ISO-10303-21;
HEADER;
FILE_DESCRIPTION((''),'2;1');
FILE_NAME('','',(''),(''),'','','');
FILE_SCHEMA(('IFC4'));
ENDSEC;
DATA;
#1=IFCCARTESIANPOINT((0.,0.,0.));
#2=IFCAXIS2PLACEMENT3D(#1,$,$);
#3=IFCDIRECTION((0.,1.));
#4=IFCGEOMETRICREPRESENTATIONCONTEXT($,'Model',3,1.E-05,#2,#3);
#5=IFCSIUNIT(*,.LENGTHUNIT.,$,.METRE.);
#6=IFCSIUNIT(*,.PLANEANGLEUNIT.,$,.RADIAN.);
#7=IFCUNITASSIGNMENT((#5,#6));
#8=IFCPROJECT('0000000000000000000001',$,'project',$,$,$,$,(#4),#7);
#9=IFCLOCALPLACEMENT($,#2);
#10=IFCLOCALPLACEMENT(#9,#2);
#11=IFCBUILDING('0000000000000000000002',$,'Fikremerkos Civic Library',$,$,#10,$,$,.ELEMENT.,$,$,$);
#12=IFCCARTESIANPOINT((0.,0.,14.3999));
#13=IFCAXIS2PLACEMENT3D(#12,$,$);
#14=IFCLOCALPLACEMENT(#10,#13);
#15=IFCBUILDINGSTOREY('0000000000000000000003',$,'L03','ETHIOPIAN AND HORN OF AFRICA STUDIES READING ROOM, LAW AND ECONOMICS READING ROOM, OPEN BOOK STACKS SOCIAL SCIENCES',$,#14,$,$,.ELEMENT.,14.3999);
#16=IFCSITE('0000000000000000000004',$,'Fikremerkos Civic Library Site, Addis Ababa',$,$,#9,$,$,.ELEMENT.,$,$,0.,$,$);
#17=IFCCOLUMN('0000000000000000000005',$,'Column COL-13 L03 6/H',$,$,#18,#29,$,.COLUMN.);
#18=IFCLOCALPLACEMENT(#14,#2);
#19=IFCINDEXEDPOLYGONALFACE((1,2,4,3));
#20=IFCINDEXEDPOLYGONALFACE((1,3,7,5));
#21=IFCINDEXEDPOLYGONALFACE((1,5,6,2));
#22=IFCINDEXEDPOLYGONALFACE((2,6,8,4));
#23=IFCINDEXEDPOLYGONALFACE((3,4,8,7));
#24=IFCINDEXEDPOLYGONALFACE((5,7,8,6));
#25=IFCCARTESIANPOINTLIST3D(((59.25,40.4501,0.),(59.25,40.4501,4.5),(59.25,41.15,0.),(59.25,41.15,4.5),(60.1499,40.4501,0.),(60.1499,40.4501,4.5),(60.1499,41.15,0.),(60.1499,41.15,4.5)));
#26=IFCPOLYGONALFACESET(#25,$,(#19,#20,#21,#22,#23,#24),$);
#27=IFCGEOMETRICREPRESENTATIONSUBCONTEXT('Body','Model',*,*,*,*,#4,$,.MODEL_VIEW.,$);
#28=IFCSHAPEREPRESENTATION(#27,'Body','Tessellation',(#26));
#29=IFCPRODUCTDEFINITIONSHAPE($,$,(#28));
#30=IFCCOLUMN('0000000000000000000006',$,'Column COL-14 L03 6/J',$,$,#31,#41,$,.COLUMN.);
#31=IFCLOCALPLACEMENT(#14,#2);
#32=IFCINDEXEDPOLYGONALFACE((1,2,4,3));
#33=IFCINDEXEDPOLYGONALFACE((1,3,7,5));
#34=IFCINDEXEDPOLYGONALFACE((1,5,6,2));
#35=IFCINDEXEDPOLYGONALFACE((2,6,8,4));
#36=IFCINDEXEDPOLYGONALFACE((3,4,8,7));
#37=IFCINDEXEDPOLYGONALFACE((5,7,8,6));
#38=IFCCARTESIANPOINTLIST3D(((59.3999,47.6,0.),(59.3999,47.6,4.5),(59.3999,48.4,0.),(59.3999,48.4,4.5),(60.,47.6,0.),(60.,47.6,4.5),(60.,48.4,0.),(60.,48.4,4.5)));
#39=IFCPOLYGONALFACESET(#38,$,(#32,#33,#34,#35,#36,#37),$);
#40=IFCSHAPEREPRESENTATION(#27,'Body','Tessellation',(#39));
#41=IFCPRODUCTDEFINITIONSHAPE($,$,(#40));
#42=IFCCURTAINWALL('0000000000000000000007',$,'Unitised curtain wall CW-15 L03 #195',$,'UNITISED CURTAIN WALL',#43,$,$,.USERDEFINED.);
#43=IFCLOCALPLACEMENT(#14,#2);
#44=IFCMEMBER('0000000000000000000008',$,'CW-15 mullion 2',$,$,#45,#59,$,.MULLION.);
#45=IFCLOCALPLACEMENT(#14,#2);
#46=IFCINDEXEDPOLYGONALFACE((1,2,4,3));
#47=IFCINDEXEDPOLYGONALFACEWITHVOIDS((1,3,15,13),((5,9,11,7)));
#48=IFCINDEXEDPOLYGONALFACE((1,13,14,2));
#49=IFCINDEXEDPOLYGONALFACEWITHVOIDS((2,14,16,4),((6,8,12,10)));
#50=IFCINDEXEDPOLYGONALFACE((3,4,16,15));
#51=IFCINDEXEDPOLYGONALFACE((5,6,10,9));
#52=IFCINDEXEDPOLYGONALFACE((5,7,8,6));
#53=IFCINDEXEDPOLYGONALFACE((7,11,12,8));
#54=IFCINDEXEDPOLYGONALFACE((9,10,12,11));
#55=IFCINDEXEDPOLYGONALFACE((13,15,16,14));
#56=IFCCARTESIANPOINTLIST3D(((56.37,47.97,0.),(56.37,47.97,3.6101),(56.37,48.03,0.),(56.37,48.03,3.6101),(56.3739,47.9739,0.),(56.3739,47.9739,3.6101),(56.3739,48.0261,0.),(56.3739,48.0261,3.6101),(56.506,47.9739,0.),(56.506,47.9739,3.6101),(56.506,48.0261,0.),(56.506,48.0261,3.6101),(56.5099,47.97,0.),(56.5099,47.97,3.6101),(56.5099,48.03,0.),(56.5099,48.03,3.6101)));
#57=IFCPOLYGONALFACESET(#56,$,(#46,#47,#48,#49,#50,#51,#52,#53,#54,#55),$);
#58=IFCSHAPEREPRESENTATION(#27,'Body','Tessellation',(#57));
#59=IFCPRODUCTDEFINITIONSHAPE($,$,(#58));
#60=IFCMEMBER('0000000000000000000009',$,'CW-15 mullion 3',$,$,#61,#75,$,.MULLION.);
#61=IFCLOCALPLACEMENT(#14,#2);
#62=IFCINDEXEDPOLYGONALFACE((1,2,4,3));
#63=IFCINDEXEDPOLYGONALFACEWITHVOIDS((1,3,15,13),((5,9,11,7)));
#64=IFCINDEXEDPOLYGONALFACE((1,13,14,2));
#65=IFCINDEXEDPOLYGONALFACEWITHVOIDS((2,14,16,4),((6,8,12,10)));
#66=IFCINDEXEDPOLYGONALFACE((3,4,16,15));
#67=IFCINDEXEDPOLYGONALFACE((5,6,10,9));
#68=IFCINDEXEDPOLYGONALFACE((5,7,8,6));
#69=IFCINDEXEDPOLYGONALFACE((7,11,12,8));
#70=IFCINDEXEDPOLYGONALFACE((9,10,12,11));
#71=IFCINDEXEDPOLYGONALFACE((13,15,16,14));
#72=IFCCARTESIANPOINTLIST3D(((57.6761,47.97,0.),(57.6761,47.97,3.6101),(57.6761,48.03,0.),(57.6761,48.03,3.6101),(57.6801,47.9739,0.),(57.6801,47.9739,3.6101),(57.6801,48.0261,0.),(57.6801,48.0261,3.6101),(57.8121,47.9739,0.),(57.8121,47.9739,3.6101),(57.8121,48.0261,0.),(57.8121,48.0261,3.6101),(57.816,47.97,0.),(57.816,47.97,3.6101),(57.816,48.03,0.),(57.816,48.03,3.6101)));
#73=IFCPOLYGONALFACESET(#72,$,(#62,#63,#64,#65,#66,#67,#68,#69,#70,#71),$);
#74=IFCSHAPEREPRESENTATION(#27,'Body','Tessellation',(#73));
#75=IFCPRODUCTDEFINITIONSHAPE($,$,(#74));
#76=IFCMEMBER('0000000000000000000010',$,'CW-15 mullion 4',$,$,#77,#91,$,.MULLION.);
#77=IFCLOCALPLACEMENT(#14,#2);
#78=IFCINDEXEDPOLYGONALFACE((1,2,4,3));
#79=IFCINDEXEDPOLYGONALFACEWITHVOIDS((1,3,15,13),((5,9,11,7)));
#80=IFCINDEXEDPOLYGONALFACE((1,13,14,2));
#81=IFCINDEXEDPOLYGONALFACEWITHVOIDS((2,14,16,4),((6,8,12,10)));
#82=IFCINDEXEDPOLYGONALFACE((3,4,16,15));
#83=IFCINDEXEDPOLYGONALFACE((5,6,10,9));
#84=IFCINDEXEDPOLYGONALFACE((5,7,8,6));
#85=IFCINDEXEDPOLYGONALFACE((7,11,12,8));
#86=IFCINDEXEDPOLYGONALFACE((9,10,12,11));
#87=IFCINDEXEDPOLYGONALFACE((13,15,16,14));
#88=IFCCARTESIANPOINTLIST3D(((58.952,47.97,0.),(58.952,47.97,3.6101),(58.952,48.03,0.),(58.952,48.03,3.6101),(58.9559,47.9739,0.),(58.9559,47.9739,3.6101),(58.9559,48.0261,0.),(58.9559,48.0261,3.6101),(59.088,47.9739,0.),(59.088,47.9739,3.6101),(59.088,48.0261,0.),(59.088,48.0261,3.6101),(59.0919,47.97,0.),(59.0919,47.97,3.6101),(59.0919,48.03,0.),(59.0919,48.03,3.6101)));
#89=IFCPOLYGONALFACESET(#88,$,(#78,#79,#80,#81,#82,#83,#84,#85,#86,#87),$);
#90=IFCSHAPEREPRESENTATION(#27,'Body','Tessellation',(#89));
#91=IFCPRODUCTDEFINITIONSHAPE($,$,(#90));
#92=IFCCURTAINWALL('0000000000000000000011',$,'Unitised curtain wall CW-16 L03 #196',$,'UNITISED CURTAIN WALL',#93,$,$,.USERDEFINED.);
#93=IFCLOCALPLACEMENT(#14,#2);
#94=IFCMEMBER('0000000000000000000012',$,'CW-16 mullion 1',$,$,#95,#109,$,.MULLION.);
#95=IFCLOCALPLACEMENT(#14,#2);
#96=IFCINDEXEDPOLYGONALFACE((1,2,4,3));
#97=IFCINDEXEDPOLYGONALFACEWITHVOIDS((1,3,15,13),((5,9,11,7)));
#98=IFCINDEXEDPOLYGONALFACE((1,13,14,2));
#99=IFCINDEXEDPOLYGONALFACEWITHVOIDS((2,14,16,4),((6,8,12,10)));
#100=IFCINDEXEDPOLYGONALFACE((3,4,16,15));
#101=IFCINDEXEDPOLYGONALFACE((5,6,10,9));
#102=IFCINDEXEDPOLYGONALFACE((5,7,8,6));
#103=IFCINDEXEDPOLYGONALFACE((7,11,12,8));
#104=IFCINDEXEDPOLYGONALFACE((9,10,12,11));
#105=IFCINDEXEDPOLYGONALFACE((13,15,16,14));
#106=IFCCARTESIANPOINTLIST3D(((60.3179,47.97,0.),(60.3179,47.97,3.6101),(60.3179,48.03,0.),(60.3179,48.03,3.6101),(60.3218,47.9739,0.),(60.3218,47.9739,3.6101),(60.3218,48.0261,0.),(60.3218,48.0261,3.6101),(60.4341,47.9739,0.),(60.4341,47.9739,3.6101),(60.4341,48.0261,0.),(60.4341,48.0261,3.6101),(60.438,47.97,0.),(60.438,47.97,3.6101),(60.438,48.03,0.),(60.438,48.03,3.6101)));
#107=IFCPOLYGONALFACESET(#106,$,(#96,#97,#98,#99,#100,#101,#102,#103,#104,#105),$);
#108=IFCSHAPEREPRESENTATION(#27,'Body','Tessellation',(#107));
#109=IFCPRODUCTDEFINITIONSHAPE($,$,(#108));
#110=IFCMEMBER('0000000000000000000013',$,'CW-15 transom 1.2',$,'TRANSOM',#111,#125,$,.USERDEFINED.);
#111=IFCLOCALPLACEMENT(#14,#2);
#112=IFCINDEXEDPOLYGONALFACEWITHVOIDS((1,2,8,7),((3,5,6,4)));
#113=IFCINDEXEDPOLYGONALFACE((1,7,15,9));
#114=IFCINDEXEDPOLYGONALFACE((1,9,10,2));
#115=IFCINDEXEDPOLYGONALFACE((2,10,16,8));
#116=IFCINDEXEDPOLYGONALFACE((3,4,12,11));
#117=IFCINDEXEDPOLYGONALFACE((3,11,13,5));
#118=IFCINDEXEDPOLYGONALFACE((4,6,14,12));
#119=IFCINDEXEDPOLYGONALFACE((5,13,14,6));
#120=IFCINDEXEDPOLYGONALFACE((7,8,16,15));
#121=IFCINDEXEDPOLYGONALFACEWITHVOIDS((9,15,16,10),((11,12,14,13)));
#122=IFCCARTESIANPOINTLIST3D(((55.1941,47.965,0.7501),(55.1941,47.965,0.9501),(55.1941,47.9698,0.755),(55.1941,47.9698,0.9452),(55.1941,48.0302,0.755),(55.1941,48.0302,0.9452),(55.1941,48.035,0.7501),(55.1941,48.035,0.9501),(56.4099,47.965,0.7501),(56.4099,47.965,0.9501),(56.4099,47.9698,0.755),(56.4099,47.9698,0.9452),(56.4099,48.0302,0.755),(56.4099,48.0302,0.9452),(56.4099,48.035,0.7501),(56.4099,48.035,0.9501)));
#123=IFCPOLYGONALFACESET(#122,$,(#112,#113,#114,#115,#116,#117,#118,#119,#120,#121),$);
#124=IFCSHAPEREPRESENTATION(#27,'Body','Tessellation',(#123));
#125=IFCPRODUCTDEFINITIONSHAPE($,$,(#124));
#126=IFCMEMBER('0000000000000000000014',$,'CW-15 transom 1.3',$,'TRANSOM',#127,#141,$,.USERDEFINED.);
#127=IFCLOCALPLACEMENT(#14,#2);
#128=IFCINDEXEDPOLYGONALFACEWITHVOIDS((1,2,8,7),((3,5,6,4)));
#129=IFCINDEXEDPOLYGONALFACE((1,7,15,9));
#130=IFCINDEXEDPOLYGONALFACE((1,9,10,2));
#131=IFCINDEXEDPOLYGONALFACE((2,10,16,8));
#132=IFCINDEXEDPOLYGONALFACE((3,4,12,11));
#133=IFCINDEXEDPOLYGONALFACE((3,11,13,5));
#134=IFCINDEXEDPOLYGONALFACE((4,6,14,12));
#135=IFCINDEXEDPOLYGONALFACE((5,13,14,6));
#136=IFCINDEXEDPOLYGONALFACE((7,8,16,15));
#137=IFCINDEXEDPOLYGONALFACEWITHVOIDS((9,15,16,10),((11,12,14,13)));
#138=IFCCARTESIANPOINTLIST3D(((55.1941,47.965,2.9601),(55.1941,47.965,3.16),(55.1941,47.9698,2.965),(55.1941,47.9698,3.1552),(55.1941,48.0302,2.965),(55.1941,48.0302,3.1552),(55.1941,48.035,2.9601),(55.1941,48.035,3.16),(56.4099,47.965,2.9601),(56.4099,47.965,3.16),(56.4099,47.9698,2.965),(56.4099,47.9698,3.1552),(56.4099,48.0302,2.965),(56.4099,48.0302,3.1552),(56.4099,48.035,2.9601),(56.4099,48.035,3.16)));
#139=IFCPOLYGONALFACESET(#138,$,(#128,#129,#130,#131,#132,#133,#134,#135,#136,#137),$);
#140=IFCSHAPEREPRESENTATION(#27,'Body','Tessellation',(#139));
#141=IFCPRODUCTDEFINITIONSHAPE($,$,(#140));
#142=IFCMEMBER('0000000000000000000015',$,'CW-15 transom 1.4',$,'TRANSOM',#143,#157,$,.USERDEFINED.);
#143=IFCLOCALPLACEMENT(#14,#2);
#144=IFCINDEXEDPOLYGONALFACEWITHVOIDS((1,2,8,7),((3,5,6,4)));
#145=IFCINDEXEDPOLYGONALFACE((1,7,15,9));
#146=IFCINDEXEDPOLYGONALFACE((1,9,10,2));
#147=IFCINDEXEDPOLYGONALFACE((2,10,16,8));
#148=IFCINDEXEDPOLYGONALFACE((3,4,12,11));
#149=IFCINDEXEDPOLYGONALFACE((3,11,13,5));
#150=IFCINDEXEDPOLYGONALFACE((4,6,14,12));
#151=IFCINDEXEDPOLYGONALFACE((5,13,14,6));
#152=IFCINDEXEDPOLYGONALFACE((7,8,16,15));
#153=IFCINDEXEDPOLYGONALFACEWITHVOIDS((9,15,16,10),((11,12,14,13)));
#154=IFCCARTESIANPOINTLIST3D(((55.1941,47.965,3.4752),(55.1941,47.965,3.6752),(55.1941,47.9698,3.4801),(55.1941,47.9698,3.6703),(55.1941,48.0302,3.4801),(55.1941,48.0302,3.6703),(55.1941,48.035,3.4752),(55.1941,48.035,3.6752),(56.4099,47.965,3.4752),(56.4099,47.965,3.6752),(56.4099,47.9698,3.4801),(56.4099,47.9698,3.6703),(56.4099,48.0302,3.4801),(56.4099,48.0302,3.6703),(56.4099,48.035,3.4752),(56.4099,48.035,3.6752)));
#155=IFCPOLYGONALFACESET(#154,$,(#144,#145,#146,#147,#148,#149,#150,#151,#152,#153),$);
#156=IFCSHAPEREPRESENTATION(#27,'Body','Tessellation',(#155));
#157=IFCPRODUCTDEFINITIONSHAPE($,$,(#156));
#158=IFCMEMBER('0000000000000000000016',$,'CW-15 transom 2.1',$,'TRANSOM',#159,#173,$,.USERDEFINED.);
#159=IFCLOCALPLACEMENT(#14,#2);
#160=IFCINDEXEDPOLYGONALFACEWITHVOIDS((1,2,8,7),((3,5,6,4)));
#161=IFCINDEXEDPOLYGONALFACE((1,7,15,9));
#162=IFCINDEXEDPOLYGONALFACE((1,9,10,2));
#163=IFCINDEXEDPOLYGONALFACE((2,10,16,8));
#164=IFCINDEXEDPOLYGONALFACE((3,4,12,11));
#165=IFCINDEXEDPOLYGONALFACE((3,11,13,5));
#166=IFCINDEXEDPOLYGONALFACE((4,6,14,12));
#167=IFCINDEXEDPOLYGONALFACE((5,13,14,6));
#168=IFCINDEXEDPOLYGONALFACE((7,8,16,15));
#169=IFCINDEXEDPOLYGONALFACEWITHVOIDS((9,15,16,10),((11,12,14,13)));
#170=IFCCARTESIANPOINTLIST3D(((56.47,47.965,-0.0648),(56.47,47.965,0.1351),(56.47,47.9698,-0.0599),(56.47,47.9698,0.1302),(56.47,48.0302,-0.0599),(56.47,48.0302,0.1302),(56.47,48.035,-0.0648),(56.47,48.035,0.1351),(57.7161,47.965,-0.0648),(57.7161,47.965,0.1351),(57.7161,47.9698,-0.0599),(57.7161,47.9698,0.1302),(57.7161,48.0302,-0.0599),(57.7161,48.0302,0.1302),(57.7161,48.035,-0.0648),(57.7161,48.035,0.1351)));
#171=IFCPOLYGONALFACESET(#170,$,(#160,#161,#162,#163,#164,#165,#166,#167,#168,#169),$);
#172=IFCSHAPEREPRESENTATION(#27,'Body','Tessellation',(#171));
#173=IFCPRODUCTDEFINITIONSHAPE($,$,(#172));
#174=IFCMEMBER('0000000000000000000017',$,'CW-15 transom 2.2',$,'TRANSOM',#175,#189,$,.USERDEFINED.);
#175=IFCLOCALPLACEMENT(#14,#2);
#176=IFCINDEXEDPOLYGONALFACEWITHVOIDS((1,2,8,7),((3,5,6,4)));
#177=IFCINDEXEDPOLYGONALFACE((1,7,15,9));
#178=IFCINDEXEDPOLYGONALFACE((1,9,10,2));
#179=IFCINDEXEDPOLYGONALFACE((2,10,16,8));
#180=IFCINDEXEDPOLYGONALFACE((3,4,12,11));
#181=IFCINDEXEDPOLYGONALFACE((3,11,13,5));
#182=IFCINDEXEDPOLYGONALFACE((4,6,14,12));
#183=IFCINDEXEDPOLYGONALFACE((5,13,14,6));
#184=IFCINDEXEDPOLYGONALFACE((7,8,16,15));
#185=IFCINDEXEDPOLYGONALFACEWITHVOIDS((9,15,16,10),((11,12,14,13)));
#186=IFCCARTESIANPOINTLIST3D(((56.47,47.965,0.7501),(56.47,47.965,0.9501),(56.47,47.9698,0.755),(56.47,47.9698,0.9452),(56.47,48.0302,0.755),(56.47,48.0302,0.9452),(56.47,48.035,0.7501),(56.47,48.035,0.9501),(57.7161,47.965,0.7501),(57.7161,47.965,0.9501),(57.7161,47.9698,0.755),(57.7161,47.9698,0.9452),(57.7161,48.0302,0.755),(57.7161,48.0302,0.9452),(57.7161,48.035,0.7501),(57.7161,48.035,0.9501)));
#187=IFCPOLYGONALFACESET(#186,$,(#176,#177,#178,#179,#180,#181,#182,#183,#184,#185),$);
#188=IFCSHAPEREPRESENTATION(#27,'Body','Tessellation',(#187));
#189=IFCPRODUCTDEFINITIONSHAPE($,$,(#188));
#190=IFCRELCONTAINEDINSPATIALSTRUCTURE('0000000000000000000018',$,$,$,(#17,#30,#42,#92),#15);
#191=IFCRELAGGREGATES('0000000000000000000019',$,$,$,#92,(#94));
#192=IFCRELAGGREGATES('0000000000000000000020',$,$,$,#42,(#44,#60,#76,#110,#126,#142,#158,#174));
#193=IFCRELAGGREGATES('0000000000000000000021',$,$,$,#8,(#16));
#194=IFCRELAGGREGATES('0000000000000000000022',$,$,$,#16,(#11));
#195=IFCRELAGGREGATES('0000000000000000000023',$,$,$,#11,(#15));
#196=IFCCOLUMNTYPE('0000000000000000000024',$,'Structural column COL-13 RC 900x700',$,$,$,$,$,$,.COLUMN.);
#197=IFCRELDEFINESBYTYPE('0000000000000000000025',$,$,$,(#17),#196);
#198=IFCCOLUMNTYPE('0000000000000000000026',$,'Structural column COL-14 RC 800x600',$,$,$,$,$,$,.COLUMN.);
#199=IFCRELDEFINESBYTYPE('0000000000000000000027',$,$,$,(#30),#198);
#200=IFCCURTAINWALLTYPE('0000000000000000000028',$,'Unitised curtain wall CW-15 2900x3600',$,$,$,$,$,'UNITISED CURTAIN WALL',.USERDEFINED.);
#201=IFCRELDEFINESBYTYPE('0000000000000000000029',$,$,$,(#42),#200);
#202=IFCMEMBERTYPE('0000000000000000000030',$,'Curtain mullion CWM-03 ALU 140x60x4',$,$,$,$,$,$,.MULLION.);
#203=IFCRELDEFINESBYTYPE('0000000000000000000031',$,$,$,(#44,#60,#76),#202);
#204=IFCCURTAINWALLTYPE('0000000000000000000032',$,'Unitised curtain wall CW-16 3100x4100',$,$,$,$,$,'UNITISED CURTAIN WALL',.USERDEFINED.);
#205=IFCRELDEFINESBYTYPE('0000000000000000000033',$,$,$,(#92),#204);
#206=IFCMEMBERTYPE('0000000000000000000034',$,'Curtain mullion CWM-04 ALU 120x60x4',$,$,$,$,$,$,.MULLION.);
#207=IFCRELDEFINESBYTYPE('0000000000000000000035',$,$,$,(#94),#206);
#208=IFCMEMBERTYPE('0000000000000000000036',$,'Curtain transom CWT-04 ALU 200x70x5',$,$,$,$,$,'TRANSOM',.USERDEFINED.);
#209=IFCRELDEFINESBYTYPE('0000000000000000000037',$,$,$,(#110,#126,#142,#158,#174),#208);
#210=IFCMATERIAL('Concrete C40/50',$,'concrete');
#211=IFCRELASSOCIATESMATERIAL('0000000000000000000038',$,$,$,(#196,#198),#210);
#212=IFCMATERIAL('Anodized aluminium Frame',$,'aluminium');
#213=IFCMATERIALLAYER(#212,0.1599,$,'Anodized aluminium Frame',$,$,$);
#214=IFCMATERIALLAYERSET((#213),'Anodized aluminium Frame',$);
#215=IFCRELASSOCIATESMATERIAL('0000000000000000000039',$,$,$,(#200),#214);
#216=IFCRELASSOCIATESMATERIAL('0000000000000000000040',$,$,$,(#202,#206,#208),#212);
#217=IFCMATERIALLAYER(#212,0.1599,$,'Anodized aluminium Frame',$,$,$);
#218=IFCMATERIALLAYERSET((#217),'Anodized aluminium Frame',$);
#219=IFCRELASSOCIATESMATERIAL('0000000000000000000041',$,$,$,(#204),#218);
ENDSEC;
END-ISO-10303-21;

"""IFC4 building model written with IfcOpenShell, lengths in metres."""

from ifc_helpers import new_model, si_unit, direction, frame, origin, origin_2d, place, context, subcontext, project, spatial, rectangle, hollow_rectangle, extrude, material, layer, layer_set, material_profile, profile_set, type_object, element, aggregate, save


model = new_model("IFC4")

# Units and contexts
model_context = context("Model", 3, precision=1e-05, world=origin(), true_north=direction((0.0, 1.0)))
body_context = subcontext(model_context, "Body", "Model", "MODEL_VIEW")
ifc_project = project(units=[si_unit("LENGTHUNIT", "METRE"), si_unit("PLANEANGLEUNIT", "RADIAN")], contexts=[model_context])

# Site, building, storey
site_placement = place(None, origin())
site = spatial("IfcSite", under=ifc_project, at=site_placement, Name="Fikremerkos Civic Library Site, Addis Ababa", CompositionType="ELEMENT", RefElevation=0.0)
building_placement = place(site_placement, origin())
building = spatial("IfcBuilding", under=site, at=building_placement, Name="Fikremerkos Civic Library", CompositionType="ELEMENT")
storey_placement = place(building_placement, frame((0.0, 0.0, 14.3999)))
storey = spatial("IfcBuildingStorey", under=building, at=storey_placement, Name="L03", Description="ETHIOPIAN AND HORN OF AFRICA STUDIES READING ROOM, LAW AND ECONOMICS READING ROOM, OPEN BOOK STACKS SOCIAL SCIENCES", CompositionType="ELEMENT", Elevation=14.3999)

# Columns
ifc_material_1 = material(Name="Concrete C40/50", Category="concrete")
ifc_material_profile_1 = material_profile(ifc_material_1, rectangle(XDim=0.8999, YDim=0.7, at=origin_2d()), Name="RC 900x700")
ifc_profile_set_1 = profile_set([ifc_material_profile_1], Name="Concrete C40/50")
column_type_1 = type_object("IfcColumnType", Name="Structural column COL-13 RC 900x700", PredefinedType="COLUMN", material=ifc_profile_set_1)
column_1_placement = place(storey_placement, frame((59.7, 40.8, 0.0), z_axis=(0.0, 0.0, 1.0), x_axis=(1.0, 0.0, 0.0)))
element("IfcColumn", 1, at=column_1_placement, inside=storey, type_object=column_type_1, Name="Column COL-13 L03 6/H", PredefinedType="COLUMN", context=body_context, shape_type="SweptSolid", body=[
    extrude(rectangle(XDim=0.8999, YDim=0.7, at=origin_2d()), origin(), (0.0, 0.0, 1.0), 4.5),
])
ifc_material_profile_2 = material_profile(ifc_material_1, rectangle(XDim=0.8, YDim=0.6001, at=origin_2d()), Name="RC 800x600")
ifc_profile_set_2 = profile_set([ifc_material_profile_2], Name="Concrete C40/50")
column_type_2 = type_object("IfcColumnType", Name="Structural column COL-14 RC 800x600", PredefinedType="COLUMN", material=ifc_profile_set_2)
column_2_placement = place(storey_placement, frame((59.7, 48.0, 0.0), z_axis=(0.0, 0.0, 1.0), x_axis=(0.0, 1.0, 0.0)))
element("IfcColumn", 2, at=column_2_placement, inside=storey, type_object=column_type_2, Name="Column COL-14 L03 6/J", PredefinedType="COLUMN", context=body_context, shape_type="SweptSolid", body=[
    extrude(rectangle(XDim=0.8, YDim=0.6001, at=origin_2d()), origin(), (0.0, 0.0, 1.0), 4.5),
])

# Curtain wall, members
ifc_material_2 = material(Name="Anodized aluminium Frame", Category="aluminium")
ifc_layer_1 = layer(ifc_material_2, 0.1599, Name="Anodized aluminium Frame")
ifc_layer_set_1 = layer_set([ifc_layer_1], Name="Anodized aluminium Frame")
curtain_wall_type_1 = type_object("IfcCurtainWallType", Name="Unitised curtain wall CW-15 2900x3600", ElementType="UNITISED CURTAIN WALL", PredefinedType="USERDEFINED", material=ifc_layer_set_1)
curtain_wall_1_placement = place(storey_placement, origin())
curtain_wall_1 = element("IfcCurtainWall", 3, at=curtain_wall_1_placement, inside=storey, type_object=curtain_wall_type_1, Name="Unitised curtain wall CW-15 L03 #195", ObjectType="UNITISED CURTAIN WALL", PredefinedType="USERDEFINED")
ifc_material_profile_3 = material_profile(ifc_material_2, hollow_rectangle(XDim=0.0601, YDim=0.1399, WallThickness=0.0039, at=origin_2d()), Name="ALU 140x60x4")
ifc_profile_set_3 = profile_set([ifc_material_profile_3], Name="Anodized aluminium Frame")
member_type_1 = type_object("IfcMemberType", Name="Curtain mullion CWM-03 ALU 140x60x4", PredefinedType="MULLION", material=ifc_profile_set_3)
member_1_placement = place(storey_placement, frame((56.4399, 48.0, 0.0), z_axis=(0.0, 0.0, 1.0), x_axis=(0.0, 1.0, 0.0)))
member_1 = element("IfcMember", 4, at=member_1_placement, type_object=member_type_1, Name="CW-15 mullion 2", PredefinedType="MULLION", context=body_context, shape_type="SweptSolid", body=[
    extrude(hollow_rectangle(XDim=0.0601, YDim=0.1399, WallThickness=0.0039, at=origin_2d()), origin(), (0.0, 0.0, 1.0), 3.6101),
])
member_2_placement = place(storey_placement, frame((57.7461, 48.0, 0.0), z_axis=(0.0, 0.0, 1.0), x_axis=(0.0, 1.0, 0.0)))
member_2 = element("IfcMember", 5, at=member_2_placement, type_object=member_type_1, Name="CW-15 mullion 3", PredefinedType="MULLION", context=body_context, shape_type="SweptSolid", body=[
    extrude(hollow_rectangle(XDim=0.0601, YDim=0.1399, WallThickness=0.0039, at=origin_2d()), origin(), (0.0, 0.0, 1.0), 3.6101),
])
member_3_placement = place(storey_placement, frame((59.022, 48.0, 0.0), z_axis=(0.0, 0.0, 1.0), x_axis=(0.0, 1.0, 0.0)))
member_3 = element("IfcMember", 6, at=member_3_placement, type_object=member_type_1, Name="CW-15 mullion 4", PredefinedType="MULLION", context=body_context, shape_type="SweptSolid", body=[
    extrude(hollow_rectangle(XDim=0.0601, YDim=0.1399, WallThickness=0.0039, at=origin_2d()), origin(), (0.0, 0.0, 1.0), 3.6101),
])

# Curtain wall, member
ifc_layer_2 = layer(ifc_material_2, 0.1599, Name="Anodized aluminium Frame")
ifc_layer_set_2 = layer_set([ifc_layer_2], Name="Anodized aluminium Frame")
curtain_wall_type_2 = type_object("IfcCurtainWallType", Name="Unitised curtain wall CW-16 3100x4100", ElementType="UNITISED CURTAIN WALL", PredefinedType="USERDEFINED", material=ifc_layer_set_2)
curtain_wall_2_placement = place(storey_placement, origin())
curtain_wall_2 = element("IfcCurtainWall", 7, at=curtain_wall_2_placement, inside=storey, type_object=curtain_wall_type_2, Name="Unitised curtain wall CW-16 L03 #196", ObjectType="UNITISED CURTAIN WALL", PredefinedType="USERDEFINED")
ifc_material_profile_4 = material_profile(ifc_material_2, hollow_rectangle(XDim=0.0601, YDim=0.1201, WallThickness=0.0039, at=origin_2d()), Name="ALU 120x60x4")
ifc_profile_set_4 = profile_set([ifc_material_profile_4], Name="Anodized aluminium Frame")
member_type_2 = type_object("IfcMemberType", Name="Curtain mullion CWM-04 ALU 120x60x4", PredefinedType="MULLION", material=ifc_profile_set_4)
member_4_placement = place(storey_placement, frame((60.3779, 48.0, 0.0), z_axis=(0.0, 0.0, 1.0), x_axis=(0.0, 1.0, 0.0)))
member_4 = element("IfcMember", 8, at=member_4_placement, type_object=member_type_2, Name="CW-16 mullion 1", PredefinedType="MULLION", context=body_context, shape_type="SweptSolid", body=[
    extrude(hollow_rectangle(XDim=0.0601, YDim=0.1201, WallThickness=0.0039, at=origin_2d()), origin(), (0.0, 0.0, 1.0), 3.6101),
])

# Members
ifc_material_profile_5 = material_profile(ifc_material_2, hollow_rectangle(XDim=0.0701, YDim=0.2, WallThickness=0.0049, at=origin_2d()), Name="ALU 200x70x5")
ifc_profile_set_5 = profile_set([ifc_material_profile_5], Name="Anodized aluminium Frame")
member_type_3 = type_object("IfcMemberType", Name="Curtain transom CWT-04 ALU 200x70x5", ElementType="TRANSOM", PredefinedType="USERDEFINED", material=ifc_profile_set_5)
member_5_placement = place(storey_placement, frame((55.1941, 48.0, 0.8501), z_axis=(1.0, 0.0, 0.0), x_axis=(0.0, 1.0, 0.0)))
member_5 = element("IfcMember", 9, at=member_5_placement, type_object=member_type_3, Name="CW-15 transom 1.2", ObjectType="TRANSOM", PredefinedType="USERDEFINED", context=body_context, shape_type="SweptSolid", body=[
    extrude(hollow_rectangle(XDim=0.0701, YDim=0.2, WallThickness=0.0049, at=origin_2d()), origin(), (0.0, 0.0, 1.0), 1.2158),
])
member_6_placement = place(storey_placement, frame((55.1941, 48.0, 3.0601), z_axis=(1.0, 0.0, 0.0), x_axis=(0.0, 1.0, 0.0)))
member_6 = element("IfcMember", 10, at=member_6_placement, type_object=member_type_3, Name="CW-15 transom 1.3", ObjectType="TRANSOM", PredefinedType="USERDEFINED", context=body_context, shape_type="SweptSolid", body=[
    extrude(hollow_rectangle(XDim=0.0701, YDim=0.2, WallThickness=0.0049, at=origin_2d()), origin(), (0.0, 0.0, 1.0), 1.2158),
])
member_7_placement = place(storey_placement, frame((55.1941, 48.0, 3.5752), z_axis=(1.0, 0.0, 0.0), x_axis=(0.0, 1.0, 0.0)))
member_7 = element("IfcMember", 11, at=member_7_placement, type_object=member_type_3, Name="CW-15 transom 1.4", ObjectType="TRANSOM", PredefinedType="USERDEFINED", context=body_context, shape_type="SweptSolid", body=[
    extrude(hollow_rectangle(XDim=0.0701, YDim=0.2, WallThickness=0.0049, at=origin_2d()), origin(), (0.0, 0.0, 1.0), 1.2158),
])
member_8_placement = place(storey_placement, frame((56.47, 48.0, 0.0352), z_axis=(1.0, 0.0, 0.0), x_axis=(0.0, 1.0, 0.0)))
member_8 = element("IfcMember", 12, at=member_8_placement, type_object=member_type_3, Name="CW-15 transom 2.1", ObjectType="TRANSOM", PredefinedType="USERDEFINED", context=body_context, shape_type="SweptSolid", body=[
    extrude(hollow_rectangle(XDim=0.0701, YDim=0.2, WallThickness=0.0049, at=origin_2d()), origin(), (0.0, 0.0, 1.0), 1.2461),
])
member_9_placement = place(storey_placement, frame((56.47, 48.0, 0.8501), z_axis=(1.0, 0.0, 0.0), x_axis=(0.0, 1.0, 0.0)))
member_9 = element("IfcMember", 13, at=member_9_placement, type_object=member_type_3, Name="CW-15 transom 2.2", ObjectType="TRANSOM", PredefinedType="USERDEFINED", context=body_context, shape_type="SweptSolid", body=[
    extrude(hollow_rectangle(XDim=0.0701, YDim=0.2, WallThickness=0.0049, at=origin_2d()), origin(), (0.0, 0.0, 1.0), 1.2461),
])
aggregate(curtain_wall_2, [member_4])

aggregate(curtain_wall_1, [member_1, member_2, member_3, member_5, member_6, member_7, member_8, member_9])

save(model, "model.ifc")
